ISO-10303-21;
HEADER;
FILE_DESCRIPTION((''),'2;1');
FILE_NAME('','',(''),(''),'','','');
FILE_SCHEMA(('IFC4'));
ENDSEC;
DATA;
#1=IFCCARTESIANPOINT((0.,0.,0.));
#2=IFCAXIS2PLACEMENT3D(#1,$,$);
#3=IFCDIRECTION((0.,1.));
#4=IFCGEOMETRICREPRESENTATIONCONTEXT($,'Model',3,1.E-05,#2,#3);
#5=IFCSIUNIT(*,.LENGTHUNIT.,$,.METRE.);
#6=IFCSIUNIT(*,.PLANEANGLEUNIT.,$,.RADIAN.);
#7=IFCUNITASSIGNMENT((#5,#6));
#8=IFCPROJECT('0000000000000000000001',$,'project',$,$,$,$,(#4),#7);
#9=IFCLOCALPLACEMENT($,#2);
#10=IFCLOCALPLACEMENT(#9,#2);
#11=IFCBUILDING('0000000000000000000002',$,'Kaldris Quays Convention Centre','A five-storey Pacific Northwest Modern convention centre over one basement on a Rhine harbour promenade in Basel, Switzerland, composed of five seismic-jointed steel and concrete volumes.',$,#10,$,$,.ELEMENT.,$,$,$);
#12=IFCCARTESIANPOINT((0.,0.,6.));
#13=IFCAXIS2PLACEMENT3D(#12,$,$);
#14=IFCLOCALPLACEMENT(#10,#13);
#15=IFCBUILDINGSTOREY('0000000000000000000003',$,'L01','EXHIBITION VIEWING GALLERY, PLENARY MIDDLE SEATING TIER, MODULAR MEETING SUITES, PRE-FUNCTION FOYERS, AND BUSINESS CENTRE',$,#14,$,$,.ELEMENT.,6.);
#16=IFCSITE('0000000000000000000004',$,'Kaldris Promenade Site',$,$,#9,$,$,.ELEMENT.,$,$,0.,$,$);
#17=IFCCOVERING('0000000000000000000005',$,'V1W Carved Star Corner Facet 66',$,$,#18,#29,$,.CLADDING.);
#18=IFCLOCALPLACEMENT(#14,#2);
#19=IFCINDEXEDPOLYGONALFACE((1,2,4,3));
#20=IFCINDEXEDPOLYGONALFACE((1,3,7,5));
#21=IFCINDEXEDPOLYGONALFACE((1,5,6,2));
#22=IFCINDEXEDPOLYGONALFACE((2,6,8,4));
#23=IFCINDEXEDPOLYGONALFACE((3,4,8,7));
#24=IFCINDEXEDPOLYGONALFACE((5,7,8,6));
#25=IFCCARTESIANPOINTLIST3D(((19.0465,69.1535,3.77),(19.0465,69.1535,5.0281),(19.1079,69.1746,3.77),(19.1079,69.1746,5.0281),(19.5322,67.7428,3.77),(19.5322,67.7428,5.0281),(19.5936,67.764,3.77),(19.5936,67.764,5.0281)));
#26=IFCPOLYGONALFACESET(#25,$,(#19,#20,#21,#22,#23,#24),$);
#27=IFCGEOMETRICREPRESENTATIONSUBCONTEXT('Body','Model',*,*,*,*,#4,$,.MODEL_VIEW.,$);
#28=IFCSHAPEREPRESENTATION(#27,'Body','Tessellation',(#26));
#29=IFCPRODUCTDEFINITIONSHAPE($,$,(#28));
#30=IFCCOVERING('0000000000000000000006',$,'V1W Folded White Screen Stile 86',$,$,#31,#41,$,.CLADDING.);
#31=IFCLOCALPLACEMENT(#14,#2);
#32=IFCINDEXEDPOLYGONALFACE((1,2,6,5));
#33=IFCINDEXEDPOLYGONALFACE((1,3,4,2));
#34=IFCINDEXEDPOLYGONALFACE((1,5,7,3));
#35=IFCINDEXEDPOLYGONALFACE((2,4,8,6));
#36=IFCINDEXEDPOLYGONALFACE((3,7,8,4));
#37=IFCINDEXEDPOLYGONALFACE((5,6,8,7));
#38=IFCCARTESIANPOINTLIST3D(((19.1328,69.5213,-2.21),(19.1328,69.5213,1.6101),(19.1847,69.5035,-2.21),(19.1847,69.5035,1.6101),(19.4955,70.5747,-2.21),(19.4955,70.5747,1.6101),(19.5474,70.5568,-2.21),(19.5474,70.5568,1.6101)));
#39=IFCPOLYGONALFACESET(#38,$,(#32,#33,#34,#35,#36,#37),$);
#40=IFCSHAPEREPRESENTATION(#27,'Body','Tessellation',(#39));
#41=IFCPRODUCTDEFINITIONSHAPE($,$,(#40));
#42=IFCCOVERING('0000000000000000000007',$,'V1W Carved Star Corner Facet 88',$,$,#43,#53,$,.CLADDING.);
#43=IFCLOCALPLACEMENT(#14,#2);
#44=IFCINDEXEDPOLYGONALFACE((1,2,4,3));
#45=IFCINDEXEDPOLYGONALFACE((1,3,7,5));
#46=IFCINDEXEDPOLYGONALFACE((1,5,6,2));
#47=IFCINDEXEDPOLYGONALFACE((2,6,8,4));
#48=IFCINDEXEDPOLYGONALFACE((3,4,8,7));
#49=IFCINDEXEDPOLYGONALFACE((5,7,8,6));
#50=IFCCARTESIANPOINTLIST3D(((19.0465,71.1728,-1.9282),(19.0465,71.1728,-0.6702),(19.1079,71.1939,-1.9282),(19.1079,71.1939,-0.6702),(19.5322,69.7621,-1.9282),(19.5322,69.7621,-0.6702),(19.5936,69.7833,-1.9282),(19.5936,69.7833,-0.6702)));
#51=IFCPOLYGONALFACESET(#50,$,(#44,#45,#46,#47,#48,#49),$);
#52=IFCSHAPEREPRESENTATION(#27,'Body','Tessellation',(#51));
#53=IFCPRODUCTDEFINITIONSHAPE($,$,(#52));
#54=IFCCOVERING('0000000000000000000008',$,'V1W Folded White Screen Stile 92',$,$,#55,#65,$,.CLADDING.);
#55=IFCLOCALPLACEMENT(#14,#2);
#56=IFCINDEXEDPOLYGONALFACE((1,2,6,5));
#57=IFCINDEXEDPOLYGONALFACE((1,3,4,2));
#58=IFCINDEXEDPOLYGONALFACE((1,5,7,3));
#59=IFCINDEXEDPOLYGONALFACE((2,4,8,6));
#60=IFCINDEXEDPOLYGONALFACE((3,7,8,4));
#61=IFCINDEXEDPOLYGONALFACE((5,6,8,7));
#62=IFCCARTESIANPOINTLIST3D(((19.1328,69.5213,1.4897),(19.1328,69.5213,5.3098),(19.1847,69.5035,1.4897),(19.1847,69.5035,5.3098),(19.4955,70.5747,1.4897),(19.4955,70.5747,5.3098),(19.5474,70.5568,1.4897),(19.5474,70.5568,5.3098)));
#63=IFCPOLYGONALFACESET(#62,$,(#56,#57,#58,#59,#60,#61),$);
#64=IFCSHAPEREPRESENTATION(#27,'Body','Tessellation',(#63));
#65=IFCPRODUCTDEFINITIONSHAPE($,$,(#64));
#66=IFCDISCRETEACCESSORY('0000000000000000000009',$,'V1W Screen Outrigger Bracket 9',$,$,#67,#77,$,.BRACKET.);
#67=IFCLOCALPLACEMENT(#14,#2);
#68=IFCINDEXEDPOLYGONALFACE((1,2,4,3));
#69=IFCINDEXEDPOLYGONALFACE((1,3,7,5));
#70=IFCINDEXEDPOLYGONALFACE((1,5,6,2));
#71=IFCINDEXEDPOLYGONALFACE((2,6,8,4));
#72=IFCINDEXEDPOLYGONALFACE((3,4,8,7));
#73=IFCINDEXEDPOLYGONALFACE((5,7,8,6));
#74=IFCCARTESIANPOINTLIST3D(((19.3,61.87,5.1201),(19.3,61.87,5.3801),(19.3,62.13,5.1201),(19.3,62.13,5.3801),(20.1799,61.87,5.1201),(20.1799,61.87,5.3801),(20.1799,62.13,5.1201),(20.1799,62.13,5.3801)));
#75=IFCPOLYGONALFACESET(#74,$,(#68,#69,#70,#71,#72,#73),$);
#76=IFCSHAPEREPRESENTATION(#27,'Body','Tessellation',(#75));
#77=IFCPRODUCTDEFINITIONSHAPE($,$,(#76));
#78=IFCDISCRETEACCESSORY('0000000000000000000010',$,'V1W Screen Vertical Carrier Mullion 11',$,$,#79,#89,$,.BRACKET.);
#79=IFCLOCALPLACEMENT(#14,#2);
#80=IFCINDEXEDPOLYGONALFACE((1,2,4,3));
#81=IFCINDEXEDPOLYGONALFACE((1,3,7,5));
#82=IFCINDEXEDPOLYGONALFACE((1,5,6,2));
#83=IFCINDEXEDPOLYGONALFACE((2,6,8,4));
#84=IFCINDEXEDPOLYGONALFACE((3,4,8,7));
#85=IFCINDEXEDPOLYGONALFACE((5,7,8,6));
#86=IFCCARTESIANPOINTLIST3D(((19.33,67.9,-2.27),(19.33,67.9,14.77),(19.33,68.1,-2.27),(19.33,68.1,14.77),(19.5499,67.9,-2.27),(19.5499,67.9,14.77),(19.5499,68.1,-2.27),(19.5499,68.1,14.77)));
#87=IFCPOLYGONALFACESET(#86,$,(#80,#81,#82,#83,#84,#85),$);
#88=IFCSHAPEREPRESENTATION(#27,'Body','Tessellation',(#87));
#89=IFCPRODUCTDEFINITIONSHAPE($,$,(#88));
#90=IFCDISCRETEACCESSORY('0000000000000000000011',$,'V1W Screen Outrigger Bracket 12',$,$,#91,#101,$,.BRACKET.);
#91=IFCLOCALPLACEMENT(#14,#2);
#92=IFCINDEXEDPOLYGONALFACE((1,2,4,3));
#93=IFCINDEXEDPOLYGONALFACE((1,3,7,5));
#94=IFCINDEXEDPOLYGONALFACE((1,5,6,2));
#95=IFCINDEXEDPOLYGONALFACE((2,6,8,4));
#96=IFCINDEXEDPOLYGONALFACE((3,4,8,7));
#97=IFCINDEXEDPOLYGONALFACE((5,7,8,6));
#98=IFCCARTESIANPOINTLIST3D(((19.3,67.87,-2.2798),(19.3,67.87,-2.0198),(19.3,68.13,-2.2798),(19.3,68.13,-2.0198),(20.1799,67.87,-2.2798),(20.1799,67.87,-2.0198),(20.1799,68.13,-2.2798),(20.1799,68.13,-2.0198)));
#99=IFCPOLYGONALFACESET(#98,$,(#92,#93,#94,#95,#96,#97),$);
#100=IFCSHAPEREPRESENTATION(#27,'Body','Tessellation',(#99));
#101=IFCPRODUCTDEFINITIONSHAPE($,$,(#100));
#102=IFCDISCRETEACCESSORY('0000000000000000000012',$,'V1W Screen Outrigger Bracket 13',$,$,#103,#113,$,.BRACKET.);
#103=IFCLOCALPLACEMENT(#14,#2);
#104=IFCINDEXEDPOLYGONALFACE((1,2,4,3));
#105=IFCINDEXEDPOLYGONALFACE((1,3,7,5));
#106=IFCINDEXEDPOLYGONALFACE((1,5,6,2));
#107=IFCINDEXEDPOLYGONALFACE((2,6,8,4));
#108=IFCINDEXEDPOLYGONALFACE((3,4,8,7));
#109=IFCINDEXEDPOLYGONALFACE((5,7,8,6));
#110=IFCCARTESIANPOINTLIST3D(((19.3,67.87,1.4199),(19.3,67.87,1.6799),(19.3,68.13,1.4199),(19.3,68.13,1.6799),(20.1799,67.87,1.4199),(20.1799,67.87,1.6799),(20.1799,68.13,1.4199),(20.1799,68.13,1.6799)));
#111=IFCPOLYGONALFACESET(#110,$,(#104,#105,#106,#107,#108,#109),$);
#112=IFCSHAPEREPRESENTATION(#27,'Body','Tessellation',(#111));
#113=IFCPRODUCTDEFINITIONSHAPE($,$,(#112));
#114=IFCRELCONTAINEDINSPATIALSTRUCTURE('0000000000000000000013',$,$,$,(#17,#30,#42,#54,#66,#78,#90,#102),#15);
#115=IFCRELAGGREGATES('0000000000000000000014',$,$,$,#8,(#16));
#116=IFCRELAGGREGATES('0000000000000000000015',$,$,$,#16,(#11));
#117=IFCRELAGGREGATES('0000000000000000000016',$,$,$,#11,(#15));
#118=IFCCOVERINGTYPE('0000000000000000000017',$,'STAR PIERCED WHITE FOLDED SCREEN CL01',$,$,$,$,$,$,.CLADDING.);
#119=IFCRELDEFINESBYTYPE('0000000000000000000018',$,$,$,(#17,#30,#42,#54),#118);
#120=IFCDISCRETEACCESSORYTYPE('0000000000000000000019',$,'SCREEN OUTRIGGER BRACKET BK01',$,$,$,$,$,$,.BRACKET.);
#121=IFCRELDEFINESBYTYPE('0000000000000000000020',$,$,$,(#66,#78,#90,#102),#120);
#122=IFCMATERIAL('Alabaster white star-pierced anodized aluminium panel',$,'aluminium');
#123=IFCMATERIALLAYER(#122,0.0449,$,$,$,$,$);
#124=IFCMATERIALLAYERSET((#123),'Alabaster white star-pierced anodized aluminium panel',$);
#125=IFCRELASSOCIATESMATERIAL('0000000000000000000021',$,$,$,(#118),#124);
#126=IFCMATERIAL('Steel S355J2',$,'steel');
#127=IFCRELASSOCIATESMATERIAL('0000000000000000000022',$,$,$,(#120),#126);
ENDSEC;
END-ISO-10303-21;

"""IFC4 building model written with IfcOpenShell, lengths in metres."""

from ifc_helpers import new_model, si_unit, direction, frame, origin, origin_2d, place, context, subcontext, project, spatial, rectangle, extrude, material, layer, layer_set, type_object, element, save


model = new_model("IFC4")

# Units and contexts
model_context = context("Model", 3, precision=1e-05, world=origin(), true_north=direction((0.0, 1.0)))
body_context = subcontext(model_context, "Body", "Model", "MODEL_VIEW")
ifc_project = project(units=[si_unit("LENGTHUNIT", "METRE"), si_unit("PLANEANGLEUNIT", "RADIAN")], contexts=[model_context])

# Site, building, storey
site_placement = place(None, origin())
site = spatial("IfcSite", under=ifc_project, at=site_placement, Name="Kaldris Promenade Site", CompositionType="ELEMENT", RefElevation=0.0)
building_placement = place(site_placement, origin())
building = spatial("IfcBuilding", under=site, at=building_placement, Name="Kaldris Quays Convention Centre", Description="A five-storey Pacific Northwest Modern convention centre over one basement on a Rhine harbour promenade in Basel, Switzerland, composed of five seismic-jointed steel and concrete volumes.", CompositionType="ELEMENT")
storey_placement = place(building_placement, frame((0.0, 0.0, 6.0)))
storey = spatial("IfcBuildingStorey", under=building, at=storey_placement, Name="L01", Description="EXHIBITION VIEWING GALLERY, PLENARY MIDDLE SEATING TIER, MODULAR MEETING SUITES, PRE-FUNCTION FOYERS, AND BUSINESS CENTRE", CompositionType="ELEMENT", Elevation=6.0)

# Coverings
ifc_material_1 = material(Name="Alabaster white star-pierced anodized aluminium panel", Category="aluminium")
ifc_layer = layer(ifc_material_1, 0.0449)
ifc_layer_set = layer_set([ifc_layer], Name="Alabaster white star-pierced anodized aluminium panel")
covering_type = type_object("IfcCoveringType", Name="STAR PIERCED WHITE FOLDED SCREEN CL01", PredefinedType="CLADDING", material=ifc_layer_set)
for number, where, z_axis, x_axis, name in (
    (1, (19.3201, 68.4587, 3.77), (0.0, 0.0, 1.0), (-0.325568, 0.945519, 0.0), "V1W Carved Star Corner Facet 66"),
):
    element("IfcCovering", number, at=place(storey_placement, frame(where, z_axis=z_axis, x_axis=x_axis)), inside=storey, type_object=covering_type, Name=name, PredefinedType="CLADDING", context=body_context, shape_type="SweptSolid", body=[
        extrude(rectangle(XDim=1.4919, YDim=0.0649, at=origin_2d()), origin(), (0.0, 0.0, 1.0), 1.2581),
    ])
covering_1_placement = place(storey_placement, frame((19.3401, 70.0391, -2.21), z_axis=(0.0, 0.0, 1.0), x_axis=(0.325568, 0.945519, 0.0)))
element("IfcCovering", 2, at=covering_1_placement, inside=storey, type_object=covering_type, Name="V1W Folded White Screen Stile 86", PredefinedType="CLADDING", context=body_context, shape_type="SweptSolid", body=[
    extrude(rectangle(XDim=1.114, YDim=0.0549, at=origin_2d()), origin(), (0.0, 0.0, 1.0), 3.8201),
])
covering_2_placement = place(storey_placement, frame((19.3201, 70.478, -1.9282), z_axis=(0.0, 0.0, 1.0), x_axis=(-0.325568, 0.945519, 0.0)))
element("IfcCovering", 3, at=covering_2_placement, inside=storey, type_object=covering_type, Name="V1W Carved Star Corner Facet 88", PredefinedType="CLADDING", context=body_context, shape_type="SweptSolid", body=[
    extrude(rectangle(XDim=1.4919, YDim=0.0649, at=origin_2d()), origin(), (0.0, 0.0, 1.0), 1.2581),
])
covering_3_placement = place(storey_placement, frame((19.3401, 70.0391, 1.4897), z_axis=(0.0, 0.0, 1.0), x_axis=(0.325568, 0.945519, 0.0)))
element("IfcCovering", 4, at=covering_3_placement, inside=storey, type_object=covering_type, Name="V1W Folded White Screen Stile 92", PredefinedType="CLADDING", context=body_context, shape_type="SweptSolid", body=[
    extrude(rectangle(XDim=1.114, YDim=0.0549, at=origin_2d()), origin(), (0.0, 0.0, 1.0), 3.8201),
])

# Discrete accessories
ifc_material_2 = material(Name="Steel S355J2", Category="steel")
discrete_accessory_type = type_object("IfcDiscreteAccessoryType", Name="SCREEN OUTRIGGER BRACKET BK01", PredefinedType="BRACKET", material=ifc_material_2)
discrete_accessory_1_placement = place(storey_placement, frame((19.74, 62.0, 5.1201), z_axis=(0.0, 0.0, 1.0), x_axis=(0.0, 1.0, 0.0)))
element("IfcDiscreteAccessory", 5, at=discrete_accessory_1_placement, inside=storey, type_object=discrete_accessory_type, Name="V1W Screen Outrigger Bracket 9", PredefinedType="BRACKET", context=body_context, shape_type="SweptSolid", body=[
    extrude(rectangle(XDim=0.26, YDim=0.8799, at=origin_2d()), origin(), (0.0, 0.0, 1.0), 0.26),
])
discrete_accessory_2_placement = place(storey_placement, frame((19.4399, 68.0, -2.27), z_axis=(0.0, 0.0, 1.0), x_axis=(0.0, 1.0, 0.0)))
element("IfcDiscreteAccessory", 6, at=discrete_accessory_2_placement, inside=storey, type_object=discrete_accessory_type, Name="V1W Screen Vertical Carrier Mullion 11", PredefinedType="BRACKET", context=body_context, shape_type="SweptSolid", body=[
    extrude(rectangle(XDim=0.2, YDim=0.22, at=origin_2d()), origin(), (0.0, 0.0, 1.0), 17.04),
])
for number, where, z_axis, x_axis, name in (
    (7, (19.74, 68.0, -2.2798), (0.0, 0.0, 1.0), (0.0, 1.0, 0.0), "V1W Screen Outrigger Bracket 12"),
    (8, (19.74, 68.0, 1.4199), (0.0, 0.0, 1.0), (0.0, 1.0, 0.0), "V1W Screen Outrigger Bracket 13"),
):
    element("IfcDiscreteAccessory", number, at=place(storey_placement, frame(where, z_axis=z_axis, x_axis=x_axis)), inside=storey, type_object=discrete_accessory_type, Name=name, PredefinedType="BRACKET", context=body_context, shape_type="SweptSolid", body=[
        extrude(rectangle(XDim=0.26, YDim=0.8799, at=origin_2d()), origin(), (0.0, 0.0, 1.0), 0.26),
    ])

save(model, "model.ifc")
